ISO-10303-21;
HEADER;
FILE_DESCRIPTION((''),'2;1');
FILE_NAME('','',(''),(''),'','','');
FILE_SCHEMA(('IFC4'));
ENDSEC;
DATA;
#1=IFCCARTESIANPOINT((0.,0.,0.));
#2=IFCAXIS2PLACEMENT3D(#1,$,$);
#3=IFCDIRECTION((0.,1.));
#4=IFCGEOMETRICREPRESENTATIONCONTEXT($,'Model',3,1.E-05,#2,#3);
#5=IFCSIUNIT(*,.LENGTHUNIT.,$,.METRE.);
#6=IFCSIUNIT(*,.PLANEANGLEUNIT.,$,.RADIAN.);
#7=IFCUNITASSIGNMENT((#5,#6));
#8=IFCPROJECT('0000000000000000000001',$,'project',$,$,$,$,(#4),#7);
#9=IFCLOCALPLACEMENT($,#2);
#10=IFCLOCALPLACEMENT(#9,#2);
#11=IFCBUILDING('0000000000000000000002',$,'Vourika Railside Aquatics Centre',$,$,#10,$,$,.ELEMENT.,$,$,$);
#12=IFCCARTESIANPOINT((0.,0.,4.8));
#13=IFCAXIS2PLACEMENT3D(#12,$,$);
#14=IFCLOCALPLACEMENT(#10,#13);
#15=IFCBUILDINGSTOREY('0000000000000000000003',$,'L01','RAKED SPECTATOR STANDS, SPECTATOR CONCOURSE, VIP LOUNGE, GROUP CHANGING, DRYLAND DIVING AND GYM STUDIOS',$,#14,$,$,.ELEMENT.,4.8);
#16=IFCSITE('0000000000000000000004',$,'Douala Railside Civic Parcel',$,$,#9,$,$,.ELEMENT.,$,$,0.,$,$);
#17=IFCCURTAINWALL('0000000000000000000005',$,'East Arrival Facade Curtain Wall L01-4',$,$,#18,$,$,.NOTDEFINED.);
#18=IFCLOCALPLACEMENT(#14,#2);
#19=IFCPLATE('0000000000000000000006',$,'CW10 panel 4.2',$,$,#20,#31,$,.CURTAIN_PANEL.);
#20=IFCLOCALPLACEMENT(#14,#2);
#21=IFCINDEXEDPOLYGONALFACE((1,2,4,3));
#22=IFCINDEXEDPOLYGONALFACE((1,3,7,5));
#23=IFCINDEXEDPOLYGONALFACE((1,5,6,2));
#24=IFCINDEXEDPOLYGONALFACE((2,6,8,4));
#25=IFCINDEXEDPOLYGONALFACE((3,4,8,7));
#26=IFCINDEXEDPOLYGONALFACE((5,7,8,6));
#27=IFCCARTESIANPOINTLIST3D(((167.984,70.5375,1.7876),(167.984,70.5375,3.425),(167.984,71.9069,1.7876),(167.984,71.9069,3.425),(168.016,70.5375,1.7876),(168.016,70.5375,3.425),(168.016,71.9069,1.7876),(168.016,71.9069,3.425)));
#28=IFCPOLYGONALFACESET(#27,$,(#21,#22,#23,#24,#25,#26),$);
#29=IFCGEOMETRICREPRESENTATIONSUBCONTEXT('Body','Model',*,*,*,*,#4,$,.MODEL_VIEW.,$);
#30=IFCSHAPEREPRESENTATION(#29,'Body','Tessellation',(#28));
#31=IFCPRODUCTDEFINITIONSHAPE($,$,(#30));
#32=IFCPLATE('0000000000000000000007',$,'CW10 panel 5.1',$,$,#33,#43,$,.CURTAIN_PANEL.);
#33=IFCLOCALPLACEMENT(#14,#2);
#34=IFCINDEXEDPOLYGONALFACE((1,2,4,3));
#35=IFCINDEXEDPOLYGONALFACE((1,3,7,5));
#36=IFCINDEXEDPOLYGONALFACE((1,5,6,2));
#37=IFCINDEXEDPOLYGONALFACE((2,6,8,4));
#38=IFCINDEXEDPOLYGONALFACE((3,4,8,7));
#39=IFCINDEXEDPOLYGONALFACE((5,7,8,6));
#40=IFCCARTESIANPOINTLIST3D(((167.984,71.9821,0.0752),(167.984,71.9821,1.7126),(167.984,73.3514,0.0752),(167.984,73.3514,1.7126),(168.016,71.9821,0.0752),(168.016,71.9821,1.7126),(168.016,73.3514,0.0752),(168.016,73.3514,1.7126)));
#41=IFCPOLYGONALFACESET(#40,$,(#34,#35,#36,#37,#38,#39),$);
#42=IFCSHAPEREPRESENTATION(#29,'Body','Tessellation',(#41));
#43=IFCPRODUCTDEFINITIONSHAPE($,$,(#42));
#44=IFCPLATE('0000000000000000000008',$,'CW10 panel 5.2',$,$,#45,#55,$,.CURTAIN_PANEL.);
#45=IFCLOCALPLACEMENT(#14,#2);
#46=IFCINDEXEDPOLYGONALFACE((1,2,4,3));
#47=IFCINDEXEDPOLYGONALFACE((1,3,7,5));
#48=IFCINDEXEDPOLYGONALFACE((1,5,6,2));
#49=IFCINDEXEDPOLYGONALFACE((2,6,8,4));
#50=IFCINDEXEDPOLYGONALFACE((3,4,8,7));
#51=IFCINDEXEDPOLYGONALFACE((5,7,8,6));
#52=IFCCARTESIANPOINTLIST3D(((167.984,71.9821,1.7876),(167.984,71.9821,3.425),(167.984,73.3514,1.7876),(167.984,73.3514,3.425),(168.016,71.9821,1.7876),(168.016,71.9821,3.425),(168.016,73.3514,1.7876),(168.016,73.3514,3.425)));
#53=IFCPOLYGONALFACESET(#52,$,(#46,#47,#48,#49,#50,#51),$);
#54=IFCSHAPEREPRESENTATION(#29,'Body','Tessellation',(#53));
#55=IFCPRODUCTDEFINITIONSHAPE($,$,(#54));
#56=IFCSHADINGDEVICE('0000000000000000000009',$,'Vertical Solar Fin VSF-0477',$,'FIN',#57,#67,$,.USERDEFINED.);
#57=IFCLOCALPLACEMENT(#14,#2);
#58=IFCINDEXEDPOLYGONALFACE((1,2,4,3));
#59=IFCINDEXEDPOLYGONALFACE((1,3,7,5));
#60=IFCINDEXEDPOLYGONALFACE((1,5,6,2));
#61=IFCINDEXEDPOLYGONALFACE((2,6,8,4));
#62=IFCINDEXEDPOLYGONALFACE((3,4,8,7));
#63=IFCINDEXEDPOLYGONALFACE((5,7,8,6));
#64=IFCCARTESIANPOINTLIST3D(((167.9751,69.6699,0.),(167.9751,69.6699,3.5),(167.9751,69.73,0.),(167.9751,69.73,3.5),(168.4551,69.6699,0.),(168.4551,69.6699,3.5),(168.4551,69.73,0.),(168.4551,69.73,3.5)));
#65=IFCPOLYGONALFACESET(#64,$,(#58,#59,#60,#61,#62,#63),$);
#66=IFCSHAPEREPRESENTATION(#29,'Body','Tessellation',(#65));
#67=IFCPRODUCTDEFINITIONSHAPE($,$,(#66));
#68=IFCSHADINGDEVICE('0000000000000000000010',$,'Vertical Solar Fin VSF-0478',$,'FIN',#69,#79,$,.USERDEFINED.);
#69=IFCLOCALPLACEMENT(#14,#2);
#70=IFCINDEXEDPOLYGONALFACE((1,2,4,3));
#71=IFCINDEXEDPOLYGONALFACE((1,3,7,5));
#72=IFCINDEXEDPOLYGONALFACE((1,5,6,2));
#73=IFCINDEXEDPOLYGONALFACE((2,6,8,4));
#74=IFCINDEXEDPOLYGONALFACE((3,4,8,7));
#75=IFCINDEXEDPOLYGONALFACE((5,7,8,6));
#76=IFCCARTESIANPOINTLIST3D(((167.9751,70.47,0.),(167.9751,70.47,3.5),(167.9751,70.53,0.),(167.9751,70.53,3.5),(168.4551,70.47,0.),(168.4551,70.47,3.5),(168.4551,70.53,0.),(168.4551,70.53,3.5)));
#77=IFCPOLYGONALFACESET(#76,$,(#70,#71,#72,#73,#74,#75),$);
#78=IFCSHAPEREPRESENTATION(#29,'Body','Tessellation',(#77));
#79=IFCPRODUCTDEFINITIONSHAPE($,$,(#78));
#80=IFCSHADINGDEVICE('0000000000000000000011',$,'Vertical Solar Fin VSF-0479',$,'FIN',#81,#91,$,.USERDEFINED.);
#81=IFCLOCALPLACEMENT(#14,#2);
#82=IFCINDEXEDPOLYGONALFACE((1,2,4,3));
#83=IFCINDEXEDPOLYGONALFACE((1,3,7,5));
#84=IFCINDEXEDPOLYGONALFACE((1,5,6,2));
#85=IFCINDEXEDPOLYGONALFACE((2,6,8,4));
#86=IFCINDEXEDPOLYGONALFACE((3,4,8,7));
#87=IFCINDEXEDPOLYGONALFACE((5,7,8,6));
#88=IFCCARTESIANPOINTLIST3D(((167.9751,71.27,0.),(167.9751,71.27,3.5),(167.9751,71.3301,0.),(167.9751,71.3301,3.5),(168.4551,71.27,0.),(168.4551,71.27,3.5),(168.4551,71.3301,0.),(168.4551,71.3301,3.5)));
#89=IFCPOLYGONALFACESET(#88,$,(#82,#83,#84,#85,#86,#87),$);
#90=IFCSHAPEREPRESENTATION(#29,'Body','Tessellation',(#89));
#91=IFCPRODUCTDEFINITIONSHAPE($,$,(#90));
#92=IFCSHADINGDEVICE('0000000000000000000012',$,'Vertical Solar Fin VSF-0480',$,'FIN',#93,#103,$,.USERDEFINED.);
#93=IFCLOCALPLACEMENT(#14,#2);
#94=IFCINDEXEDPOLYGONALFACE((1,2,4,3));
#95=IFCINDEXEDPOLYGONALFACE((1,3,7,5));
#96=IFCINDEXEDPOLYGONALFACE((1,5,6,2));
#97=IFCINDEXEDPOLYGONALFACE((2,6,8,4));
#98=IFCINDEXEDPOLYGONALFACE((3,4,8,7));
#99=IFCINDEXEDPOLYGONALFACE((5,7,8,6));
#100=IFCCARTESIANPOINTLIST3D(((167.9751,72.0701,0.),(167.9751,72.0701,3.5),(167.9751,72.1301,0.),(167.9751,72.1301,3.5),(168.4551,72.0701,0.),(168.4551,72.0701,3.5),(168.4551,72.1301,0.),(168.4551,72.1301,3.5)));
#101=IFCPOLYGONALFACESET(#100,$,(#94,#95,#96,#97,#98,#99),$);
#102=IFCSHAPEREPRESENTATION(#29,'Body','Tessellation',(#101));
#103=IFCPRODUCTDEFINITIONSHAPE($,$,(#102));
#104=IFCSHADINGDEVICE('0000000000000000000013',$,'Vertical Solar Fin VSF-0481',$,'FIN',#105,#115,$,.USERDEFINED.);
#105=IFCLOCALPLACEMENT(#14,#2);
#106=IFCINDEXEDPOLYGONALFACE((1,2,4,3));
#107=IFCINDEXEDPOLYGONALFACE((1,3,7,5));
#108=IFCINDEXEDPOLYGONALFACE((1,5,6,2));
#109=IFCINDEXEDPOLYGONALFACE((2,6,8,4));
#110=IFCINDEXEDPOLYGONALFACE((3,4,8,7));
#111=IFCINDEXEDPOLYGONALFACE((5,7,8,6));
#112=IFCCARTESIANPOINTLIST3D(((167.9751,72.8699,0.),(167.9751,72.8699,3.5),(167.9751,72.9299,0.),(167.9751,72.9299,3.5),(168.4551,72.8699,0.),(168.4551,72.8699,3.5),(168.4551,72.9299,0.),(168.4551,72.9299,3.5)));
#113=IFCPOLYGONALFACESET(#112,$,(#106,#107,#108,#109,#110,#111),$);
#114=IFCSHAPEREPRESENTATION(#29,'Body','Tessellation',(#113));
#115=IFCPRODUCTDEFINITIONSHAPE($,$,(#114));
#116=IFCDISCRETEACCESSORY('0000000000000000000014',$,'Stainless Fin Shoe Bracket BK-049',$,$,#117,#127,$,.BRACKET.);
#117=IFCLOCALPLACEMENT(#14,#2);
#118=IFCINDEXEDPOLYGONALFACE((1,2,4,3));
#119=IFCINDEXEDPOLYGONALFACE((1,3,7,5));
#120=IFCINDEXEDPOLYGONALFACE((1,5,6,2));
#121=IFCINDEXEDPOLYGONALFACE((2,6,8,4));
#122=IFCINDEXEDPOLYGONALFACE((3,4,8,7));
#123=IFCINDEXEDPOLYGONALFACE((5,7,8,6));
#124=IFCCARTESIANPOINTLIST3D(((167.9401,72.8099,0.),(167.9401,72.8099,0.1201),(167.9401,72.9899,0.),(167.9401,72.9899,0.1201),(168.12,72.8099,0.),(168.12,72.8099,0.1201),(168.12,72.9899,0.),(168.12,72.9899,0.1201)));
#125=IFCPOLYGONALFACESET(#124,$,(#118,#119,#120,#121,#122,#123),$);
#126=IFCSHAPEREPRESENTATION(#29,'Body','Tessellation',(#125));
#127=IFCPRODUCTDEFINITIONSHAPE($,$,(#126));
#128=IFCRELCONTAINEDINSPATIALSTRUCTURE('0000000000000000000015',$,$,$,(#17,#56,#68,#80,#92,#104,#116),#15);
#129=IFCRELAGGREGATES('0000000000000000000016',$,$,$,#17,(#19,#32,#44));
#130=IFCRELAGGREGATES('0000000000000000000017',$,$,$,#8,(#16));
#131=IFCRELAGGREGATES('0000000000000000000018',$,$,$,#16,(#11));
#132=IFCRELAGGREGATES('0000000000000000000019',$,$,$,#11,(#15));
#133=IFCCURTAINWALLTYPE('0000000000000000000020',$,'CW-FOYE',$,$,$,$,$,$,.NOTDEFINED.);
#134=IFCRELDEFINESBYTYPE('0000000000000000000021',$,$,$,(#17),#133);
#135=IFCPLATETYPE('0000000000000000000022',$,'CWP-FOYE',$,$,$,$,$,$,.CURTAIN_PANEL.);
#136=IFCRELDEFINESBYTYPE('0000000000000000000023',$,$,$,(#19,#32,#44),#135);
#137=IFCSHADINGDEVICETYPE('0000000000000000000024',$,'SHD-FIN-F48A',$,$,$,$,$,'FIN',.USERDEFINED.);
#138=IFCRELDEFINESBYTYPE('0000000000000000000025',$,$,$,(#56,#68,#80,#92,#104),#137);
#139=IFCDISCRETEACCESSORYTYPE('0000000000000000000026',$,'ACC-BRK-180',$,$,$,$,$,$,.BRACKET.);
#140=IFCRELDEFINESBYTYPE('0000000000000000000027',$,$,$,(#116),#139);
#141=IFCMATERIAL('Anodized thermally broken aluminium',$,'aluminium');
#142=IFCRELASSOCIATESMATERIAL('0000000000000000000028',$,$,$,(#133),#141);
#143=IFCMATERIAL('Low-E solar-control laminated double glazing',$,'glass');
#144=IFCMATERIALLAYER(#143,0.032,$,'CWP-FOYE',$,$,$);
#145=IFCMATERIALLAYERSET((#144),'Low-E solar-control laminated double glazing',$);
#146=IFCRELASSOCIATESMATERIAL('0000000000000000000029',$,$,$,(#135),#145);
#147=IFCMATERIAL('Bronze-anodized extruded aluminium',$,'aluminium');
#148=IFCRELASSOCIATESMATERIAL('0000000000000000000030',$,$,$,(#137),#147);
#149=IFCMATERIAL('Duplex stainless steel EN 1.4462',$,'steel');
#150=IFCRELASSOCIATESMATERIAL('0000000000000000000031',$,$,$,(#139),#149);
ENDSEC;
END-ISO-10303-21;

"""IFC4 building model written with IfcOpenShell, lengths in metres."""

from ifc_helpers import new_model, si_unit, direction, frame, origin, origin_2d, place, context, subcontext, project, spatial, rectangle, extrude, material, layer, layer_set, material_profile, profile_set, type_object, element, aggregate, save


model = new_model("IFC4")

# Units and contexts
model_context = context("Model", 3, precision=1e-05, world=origin(), true_north=direction((0.0, 1.0)))
body_context = subcontext(model_context, "Body", "Model", "MODEL_VIEW")
ifc_project = project(units=[si_unit("LENGTHUNIT", "METRE"), si_unit("PLANEANGLEUNIT", "RADIAN")], contexts=[model_context])

# Site, building, storey
site_placement = place(None, origin())
site = spatial("IfcSite", under=ifc_project, at=site_placement, Name="Douala Railside Civic Parcel", CompositionType="ELEMENT", RefElevation=0.0)
building_placement = place(site_placement, origin())
building = spatial("IfcBuilding", under=site, at=building_placement, Name="Vourika Railside Aquatics Centre", CompositionType="ELEMENT")
storey_placement = place(building_placement, frame((0.0, 0.0, 4.8)))
storey = spatial("IfcBuildingStorey", under=building, at=storey_placement, Name="L01", Description="RAKED SPECTATOR STANDS, SPECTATOR CONCOURSE, VIP LOUNGE, GROUP CHANGING, DRYLAND DIVING AND GYM STUDIOS", CompositionType="ELEMENT", Elevation=4.8)

# Curtain wall, plates
ifc_material_1 = material(Name="Anodized thermally broken aluminium", Category="aluminium")
curtain_wall_type = type_object("IfcCurtainWallType", Name="CW-FOYE", PredefinedType="NOTDEFINED", material=ifc_material_1)
curtain_wall_placement = place(storey_placement, origin())
curtain_wall = element("IfcCurtainWall", 1, at=curtain_wall_placement, inside=storey, type_object=curtain_wall_type, Name="East Arrival Facade Curtain Wall L01-4", PredefinedType="NOTDEFINED")
ifc_material_2 = material(Name="Low-E solar-control laminated double glazing", Category="glass")
ifc_layer = layer(ifc_material_2, 0.032, Name="CWP-FOYE")
ifc_layer_set = layer_set([ifc_layer], Name="Low-E solar-control laminated double glazing")
plate_type = type_object("IfcPlateType", Name="CWP-FOYE", PredefinedType="CURTAIN_PANEL", material=ifc_layer_set)
plate_1_placement = place(storey_placement, frame((168.0, 71.2222, 1.7876), z_axis=(0.0, 0.0, 1.0), x_axis=(0.0, 1.0, 0.0)))
plate_1 = element("IfcPlate", 2, at=plate_1_placement, type_object=plate_type, Name="CW10 panel 4.2", PredefinedType="CURTAIN_PANEL", context=body_context, shape_type="SweptSolid", body=[
    extrude(rectangle(XDim=1.3694, YDim=0.032, at=origin_2d()), origin(), (0.0, 0.0, 1.0), 1.6375),
])
plate_2_placement = place(storey_placement, frame((168.0, 72.6667, 0.0752), z_axis=(0.0, 0.0, 1.0), x_axis=(0.0, 1.0, 0.0)))
plate_2 = element("IfcPlate", 3, at=plate_2_placement, type_object=plate_type, Name="CW10 panel 5.1", PredefinedType="CURTAIN_PANEL", context=body_context, shape_type="SweptSolid", body=[
    extrude(rectangle(XDim=1.3694, YDim=0.032, at=origin_2d()), origin(), (0.0, 0.0, 1.0), 1.6375),
])
plate_3_placement = place(storey_placement, frame((168.0, 72.6667, 1.7876), z_axis=(0.0, 0.0, 1.0), x_axis=(0.0, 1.0, 0.0)))
plate_3 = element("IfcPlate", 4, at=plate_3_placement, type_object=plate_type, Name="CW10 panel 5.2", PredefinedType="CURTAIN_PANEL", context=body_context, shape_type="SweptSolid", body=[
    extrude(rectangle(XDim=1.3694, YDim=0.032, at=origin_2d()), origin(), (0.0, 0.0, 1.0), 1.6375),
])
aggregate(curtain_wall, [plate_1, plate_2, plate_3])

# Shading devices
ifc_material_3 = material(Name="Bronze-anodized extruded aluminium", Category="aluminium")
ifc_material_profile_1 = material_profile(ifc_material_3, rectangle(XDim=0.0601, YDim=0.48, at=origin_2d()), Name="ALU-FIN 60x480")
ifc_profile_set_1 = profile_set([ifc_material_profile_1], Name="Bronze-anodized extruded aluminium")
shading_device_type = type_object("IfcShadingDeviceType", Name="SHD-FIN-F48A", ElementType="FIN", PredefinedType="USERDEFINED", material=ifc_profile_set_1)
for number, where, z_axis, x_axis, name in (
    (5, (168.2151, 69.7, 0.0), (0.0, 0.0, 1.0), (0.0, -1.0, 0.0), "Vertical Solar Fin VSF-0477"),
    (6, (168.2151, 70.5, 0.0), (0.0, 0.0, 1.0), (0.0, -1.0, 0.0), "Vertical Solar Fin VSF-0478"),
    (7, (168.2151, 71.3, 0.0), (0.0, 0.0, 1.0), (0.0, -1.0, 0.0), "Vertical Solar Fin VSF-0479"),
    (8, (168.2151, 72.1001, 0.0), (0.0, 0.0, 1.0), (0.0, -1.0, 0.0), "Vertical Solar Fin VSF-0480"),
    (9, (168.2151, 72.8999, 0.0), (0.0, 0.0, 1.0), (0.0, -1.0, 0.0), "Vertical Solar Fin VSF-0481"),
):
    element("IfcShadingDevice", number, at=place(storey_placement, frame(where, z_axis=z_axis, x_axis=x_axis)), inside=storey, type_object=shading_device_type, Name=name, ObjectType="FIN", PredefinedType="USERDEFINED", context=body_context, shape_type="SweptSolid", body=[
        extrude(rectangle(XDim=0.0601, YDim=0.48, at=origin_2d()), origin(), (0.0, 0.0, 1.0), 3.5),
    ])

# Discrete accessory
ifc_material_4 = material(Name="Duplex stainless steel EN 1.4462", Category="steel")
discrete_accessory_type = type_object("IfcDiscreteAccessoryType", Name="ACC-BRK-180", PredefinedType="BRACKET", material=ifc_material_4)
discrete_accessory_placement = place(storey_placement, frame((168.03, 72.8999, 0.0), z_axis=(0.0, 0.0, 1.0), x_axis=(1.0, 0.0, 0.0)))
element("IfcDiscreteAccessory", 10, at=discrete_accessory_placement, inside=storey, type_object=discrete_accessory_type, Name="Stainless Fin Shoe Bracket BK-049", PredefinedType="BRACKET", context=body_context, shape_type="SweptSolid", body=[
    extrude(rectangle(XDim=0.1799, YDim=0.1799, at=origin_2d()), origin(), (0.0, 0.0, 1.0), 0.1201),
])

save(model, "model.ifc")
